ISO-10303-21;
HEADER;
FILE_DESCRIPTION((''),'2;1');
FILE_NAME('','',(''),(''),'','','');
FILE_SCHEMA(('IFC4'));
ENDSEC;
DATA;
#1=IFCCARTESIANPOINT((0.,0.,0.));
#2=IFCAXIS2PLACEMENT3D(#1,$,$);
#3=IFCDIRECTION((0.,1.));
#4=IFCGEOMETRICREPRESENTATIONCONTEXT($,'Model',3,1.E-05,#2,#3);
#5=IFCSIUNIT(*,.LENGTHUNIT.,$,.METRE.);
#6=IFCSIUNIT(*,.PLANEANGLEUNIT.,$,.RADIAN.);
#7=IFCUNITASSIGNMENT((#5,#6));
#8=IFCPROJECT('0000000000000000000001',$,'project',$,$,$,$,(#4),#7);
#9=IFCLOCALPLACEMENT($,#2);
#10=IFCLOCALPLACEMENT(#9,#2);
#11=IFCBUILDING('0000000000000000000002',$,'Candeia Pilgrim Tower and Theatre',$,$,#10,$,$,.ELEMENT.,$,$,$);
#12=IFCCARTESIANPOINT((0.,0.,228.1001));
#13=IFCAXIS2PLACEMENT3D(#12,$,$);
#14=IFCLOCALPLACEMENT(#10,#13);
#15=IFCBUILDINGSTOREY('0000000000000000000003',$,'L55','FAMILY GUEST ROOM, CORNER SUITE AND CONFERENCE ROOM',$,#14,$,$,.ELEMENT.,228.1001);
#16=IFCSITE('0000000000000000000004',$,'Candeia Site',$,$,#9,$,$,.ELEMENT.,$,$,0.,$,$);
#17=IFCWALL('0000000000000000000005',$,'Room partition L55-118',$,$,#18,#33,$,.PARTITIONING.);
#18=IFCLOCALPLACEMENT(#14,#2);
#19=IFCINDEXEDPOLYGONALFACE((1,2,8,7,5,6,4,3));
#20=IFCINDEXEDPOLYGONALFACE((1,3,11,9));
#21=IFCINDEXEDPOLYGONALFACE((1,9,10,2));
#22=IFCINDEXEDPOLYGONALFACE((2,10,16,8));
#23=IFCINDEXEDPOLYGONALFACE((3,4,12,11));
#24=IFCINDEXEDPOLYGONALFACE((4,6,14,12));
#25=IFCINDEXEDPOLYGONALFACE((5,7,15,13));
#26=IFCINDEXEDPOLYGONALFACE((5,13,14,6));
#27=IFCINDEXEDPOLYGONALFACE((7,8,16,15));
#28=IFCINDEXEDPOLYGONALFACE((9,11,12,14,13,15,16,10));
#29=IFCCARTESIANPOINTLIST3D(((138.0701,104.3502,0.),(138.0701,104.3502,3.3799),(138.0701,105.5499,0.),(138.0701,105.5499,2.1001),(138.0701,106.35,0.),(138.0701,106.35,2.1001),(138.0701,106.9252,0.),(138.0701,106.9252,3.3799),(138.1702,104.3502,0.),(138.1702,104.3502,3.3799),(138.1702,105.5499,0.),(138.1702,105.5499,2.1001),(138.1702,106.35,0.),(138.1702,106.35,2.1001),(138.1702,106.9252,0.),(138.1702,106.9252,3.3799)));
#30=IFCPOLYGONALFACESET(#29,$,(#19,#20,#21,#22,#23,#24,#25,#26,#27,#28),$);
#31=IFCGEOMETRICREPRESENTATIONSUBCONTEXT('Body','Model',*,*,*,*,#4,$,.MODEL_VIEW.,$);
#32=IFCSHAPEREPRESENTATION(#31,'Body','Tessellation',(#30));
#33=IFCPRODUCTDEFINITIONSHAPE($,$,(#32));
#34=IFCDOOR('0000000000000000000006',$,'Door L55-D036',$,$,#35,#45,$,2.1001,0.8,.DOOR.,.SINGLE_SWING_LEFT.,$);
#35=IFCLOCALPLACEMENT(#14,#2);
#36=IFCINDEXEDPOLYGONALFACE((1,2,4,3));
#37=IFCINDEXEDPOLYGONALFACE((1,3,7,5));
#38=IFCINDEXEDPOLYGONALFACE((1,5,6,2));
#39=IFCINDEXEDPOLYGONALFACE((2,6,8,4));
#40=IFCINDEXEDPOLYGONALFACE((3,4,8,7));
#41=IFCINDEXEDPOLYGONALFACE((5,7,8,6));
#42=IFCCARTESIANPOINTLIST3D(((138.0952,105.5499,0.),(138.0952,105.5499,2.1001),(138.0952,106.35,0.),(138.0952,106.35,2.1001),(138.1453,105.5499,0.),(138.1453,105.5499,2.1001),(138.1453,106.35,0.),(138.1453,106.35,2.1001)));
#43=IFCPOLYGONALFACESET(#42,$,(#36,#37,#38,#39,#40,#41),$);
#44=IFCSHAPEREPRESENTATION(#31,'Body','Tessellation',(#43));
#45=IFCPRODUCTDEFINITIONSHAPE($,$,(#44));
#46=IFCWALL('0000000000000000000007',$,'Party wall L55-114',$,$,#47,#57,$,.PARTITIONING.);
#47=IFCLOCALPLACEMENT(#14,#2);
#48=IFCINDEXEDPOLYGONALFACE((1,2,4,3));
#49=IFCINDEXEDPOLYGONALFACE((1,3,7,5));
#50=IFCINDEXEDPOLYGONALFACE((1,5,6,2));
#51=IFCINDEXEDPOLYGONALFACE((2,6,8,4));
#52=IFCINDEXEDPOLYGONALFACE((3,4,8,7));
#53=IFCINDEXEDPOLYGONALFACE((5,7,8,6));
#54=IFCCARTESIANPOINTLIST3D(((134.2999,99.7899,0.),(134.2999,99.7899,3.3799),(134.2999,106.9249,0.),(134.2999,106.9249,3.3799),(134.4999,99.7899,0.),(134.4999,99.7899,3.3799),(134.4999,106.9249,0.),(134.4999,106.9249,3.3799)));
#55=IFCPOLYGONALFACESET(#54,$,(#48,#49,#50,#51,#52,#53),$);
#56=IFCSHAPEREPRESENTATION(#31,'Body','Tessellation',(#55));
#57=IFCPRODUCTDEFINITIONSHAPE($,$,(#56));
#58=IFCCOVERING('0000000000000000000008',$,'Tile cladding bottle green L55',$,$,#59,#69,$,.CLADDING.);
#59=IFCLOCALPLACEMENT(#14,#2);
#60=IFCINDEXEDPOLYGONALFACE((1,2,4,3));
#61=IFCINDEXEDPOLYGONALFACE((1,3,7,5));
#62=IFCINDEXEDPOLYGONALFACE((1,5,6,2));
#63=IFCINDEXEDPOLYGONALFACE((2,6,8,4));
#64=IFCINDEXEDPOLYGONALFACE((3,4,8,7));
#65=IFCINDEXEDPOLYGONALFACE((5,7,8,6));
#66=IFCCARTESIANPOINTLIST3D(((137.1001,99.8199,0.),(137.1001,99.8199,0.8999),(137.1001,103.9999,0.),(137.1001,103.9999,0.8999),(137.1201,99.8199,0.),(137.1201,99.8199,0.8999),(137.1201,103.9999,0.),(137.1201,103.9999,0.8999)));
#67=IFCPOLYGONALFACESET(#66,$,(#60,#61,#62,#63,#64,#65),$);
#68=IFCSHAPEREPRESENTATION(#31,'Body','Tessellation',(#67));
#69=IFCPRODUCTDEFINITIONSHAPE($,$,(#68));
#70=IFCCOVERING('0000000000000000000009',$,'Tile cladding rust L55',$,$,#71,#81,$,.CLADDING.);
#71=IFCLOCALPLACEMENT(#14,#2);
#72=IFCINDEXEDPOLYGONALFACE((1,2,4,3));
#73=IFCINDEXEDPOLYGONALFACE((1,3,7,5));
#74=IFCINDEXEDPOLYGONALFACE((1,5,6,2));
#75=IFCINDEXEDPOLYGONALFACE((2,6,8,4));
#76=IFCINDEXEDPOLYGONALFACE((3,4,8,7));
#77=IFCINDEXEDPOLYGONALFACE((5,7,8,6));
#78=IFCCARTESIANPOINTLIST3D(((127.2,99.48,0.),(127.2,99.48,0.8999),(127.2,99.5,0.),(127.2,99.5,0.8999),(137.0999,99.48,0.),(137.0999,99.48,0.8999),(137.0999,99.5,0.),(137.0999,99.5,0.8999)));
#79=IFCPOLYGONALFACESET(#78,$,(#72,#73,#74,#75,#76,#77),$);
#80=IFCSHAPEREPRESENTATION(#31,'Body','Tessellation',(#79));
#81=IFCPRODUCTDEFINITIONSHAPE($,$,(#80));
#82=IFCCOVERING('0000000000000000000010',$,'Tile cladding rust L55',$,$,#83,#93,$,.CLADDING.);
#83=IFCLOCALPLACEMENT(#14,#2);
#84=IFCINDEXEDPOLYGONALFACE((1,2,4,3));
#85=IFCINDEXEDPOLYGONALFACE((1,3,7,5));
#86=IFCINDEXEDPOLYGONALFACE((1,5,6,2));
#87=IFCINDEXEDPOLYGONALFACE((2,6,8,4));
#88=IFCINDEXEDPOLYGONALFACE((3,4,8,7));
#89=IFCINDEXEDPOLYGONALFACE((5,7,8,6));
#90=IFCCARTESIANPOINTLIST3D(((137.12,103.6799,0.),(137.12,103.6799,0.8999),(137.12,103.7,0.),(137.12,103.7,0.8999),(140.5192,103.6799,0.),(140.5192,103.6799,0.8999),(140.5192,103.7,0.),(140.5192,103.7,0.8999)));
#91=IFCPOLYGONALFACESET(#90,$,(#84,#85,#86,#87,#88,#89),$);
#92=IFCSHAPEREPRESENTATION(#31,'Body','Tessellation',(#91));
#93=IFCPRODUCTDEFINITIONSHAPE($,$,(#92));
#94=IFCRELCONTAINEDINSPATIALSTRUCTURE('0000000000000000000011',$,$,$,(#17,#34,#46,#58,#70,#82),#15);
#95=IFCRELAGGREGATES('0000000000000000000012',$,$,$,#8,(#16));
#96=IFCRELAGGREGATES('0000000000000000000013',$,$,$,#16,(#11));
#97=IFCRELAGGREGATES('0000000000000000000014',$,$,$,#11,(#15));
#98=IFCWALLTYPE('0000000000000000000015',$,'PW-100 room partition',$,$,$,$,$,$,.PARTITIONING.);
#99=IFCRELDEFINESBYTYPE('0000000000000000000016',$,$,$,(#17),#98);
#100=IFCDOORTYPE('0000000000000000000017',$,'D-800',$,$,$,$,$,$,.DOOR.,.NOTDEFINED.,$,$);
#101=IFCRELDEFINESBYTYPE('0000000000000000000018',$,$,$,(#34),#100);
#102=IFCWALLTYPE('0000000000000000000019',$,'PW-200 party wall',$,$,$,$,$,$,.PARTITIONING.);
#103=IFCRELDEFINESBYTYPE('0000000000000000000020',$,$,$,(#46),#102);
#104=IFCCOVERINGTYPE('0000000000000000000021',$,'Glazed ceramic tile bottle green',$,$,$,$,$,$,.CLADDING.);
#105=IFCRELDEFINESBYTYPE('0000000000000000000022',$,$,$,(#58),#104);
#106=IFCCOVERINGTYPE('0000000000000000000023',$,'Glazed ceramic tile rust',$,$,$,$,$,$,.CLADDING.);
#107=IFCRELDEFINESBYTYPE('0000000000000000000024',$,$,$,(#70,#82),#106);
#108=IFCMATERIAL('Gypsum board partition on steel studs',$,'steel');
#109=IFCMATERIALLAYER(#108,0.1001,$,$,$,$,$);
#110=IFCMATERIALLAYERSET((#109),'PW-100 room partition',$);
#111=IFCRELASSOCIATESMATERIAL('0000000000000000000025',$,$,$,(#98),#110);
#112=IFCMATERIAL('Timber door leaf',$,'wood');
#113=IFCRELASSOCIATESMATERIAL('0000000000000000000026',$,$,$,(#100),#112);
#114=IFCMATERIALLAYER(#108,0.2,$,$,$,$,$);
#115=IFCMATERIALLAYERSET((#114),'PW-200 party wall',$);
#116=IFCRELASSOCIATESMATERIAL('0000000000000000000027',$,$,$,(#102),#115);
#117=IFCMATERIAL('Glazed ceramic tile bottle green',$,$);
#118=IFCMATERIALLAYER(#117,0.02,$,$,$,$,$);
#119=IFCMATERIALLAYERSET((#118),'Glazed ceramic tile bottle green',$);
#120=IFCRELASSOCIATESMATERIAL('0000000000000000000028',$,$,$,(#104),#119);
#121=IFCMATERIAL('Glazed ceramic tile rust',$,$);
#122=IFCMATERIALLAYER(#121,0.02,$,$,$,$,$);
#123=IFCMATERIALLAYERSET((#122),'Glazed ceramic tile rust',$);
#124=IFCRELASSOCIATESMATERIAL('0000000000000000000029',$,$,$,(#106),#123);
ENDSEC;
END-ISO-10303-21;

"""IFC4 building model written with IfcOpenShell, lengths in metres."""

from ifc_helpers import new_model, si_unit, direction, frame, frame_2d, origin, origin_2d, place, context, subcontext, project, spatial, rectangle, extrude, material, layer, layer_set, type_object, element, fill, save


model = new_model("IFC4")

# Units and contexts
model_context = context("Model", 3, precision=1e-05, world=origin(), true_north=direction((0.0, 1.0)))
body_context = subcontext(model_context, "Body", "Model", "MODEL_VIEW")
ifc_project = project(units=[si_unit("LENGTHUNIT", "METRE"), si_unit("PLANEANGLEUNIT", "RADIAN")], contexts=[model_context])

# Site, building, storey
site_placement = place(None, origin())
site = spatial("IfcSite", under=ifc_project, at=site_placement, Name="Candeia Site", CompositionType="ELEMENT", RefElevation=0.0)
building_placement = place(site_placement, origin())
building = spatial("IfcBuilding", under=site, at=building_placement, Name="Candeia Pilgrim Tower and Theatre", CompositionType="ELEMENT")
storey_placement = place(building_placement, frame((0.0, 0.0, 228.1001)))
storey = spatial("IfcBuildingStorey", under=building, at=storey_placement, Name="L55", Description="FAMILY GUEST ROOM, CORNER SUITE AND CONFERENCE ROOM", CompositionType="ELEMENT", Elevation=228.1001)

# Shared definitions
ifc_material_1 = material(Name="Gypsum board partition on steel studs", Category="steel")
ifc_layer_1 = layer(ifc_material_1, 0.1001)
ifc_layer_set_1 = layer_set([ifc_layer_1], Name="PW-100 room partition")
wall_type_1 = type_object("IfcWallType", Name="PW-100 room partition", PredefinedType="PARTITIONING", material=ifc_layer_set_1)

# Wall, opening, door
wall_1_placement = place(storey_placement, frame((138.1201, 104.3501, 0.0), z_axis=(0.0, 0.0, 1.0), x_axis=(0.0, 1.0, 0.0)))
wall_1 = element("IfcWall", 1, at=wall_1_placement, inside=storey, type_object=wall_type_1, Name="Room partition L55-118", PredefinedType="PARTITIONING", context=body_context, shape_type="SweptSolid", body=[
    extrude(rectangle(XDim=2.575, YDim=0.1001, at=frame_2d((1.2876, 0.0))), origin(), (0.0, 0.0, 1.0), 3.3799),
])
opening_1_placement = place(wall_1_placement, frame((1.2, 0.0, 0.0)))
opening_1 = element("IfcOpeningElement", 2, at=opening_1_placement, cuts=wall_1, PredefinedType="OPENING", context=body_context, shape_type="SweptSolid", body=[
    extrude(rectangle(XDim=0.8, YDim=2.1001, at=frame_2d((0.3999, 1.05))), frame((0.0, 0.0601, 0.0), z_axis=(0.0, -1.0, 0.0), x_axis=(1.0, 0.0, 0.0)), (0.0, 0.0, 1.0), 0.1201),
])
ifc_material_2 = material(Name="Timber door leaf", Category="wood")
door_type_1 = type_object("IfcDoorType", Name="D-800", OperationType="NOTDEFINED", PredefinedType="DOOR", material=ifc_material_2)
door_1_placement = place(opening_1_placement, origin())
door_1 = element("IfcDoor", 3, at=door_1_placement, inside=storey, type_object=door_type_1, Name="Door L55-D036", OperationType="SINGLE_SWING_LEFT", OverallHeight=2.1001, OverallWidth=0.8, PredefinedType="DOOR", context=body_context, shape_type="SweptSolid", body=[
    extrude(rectangle(XDim=0.8, YDim=2.1001, at=frame_2d((0.3999, 1.05))), frame((0.0, 0.0249, 0.0), z_axis=(0.0, -1.0, 0.0), x_axis=(1.0, 0.0, 0.0)), (0.0, 0.0, 1.0), 0.05),
])
fill(opening_1, door_1)

# Wall
ifc_layer_2 = layer(ifc_material_1, 0.2)
ifc_layer_set_2 = layer_set([ifc_layer_2], Name="PW-200 party wall")
wall_type_2 = type_object("IfcWallType", Name="PW-200 party wall", PredefinedType="PARTITIONING", material=ifc_layer_set_2)
wall_2_placement = place(storey_placement, frame((134.3999, 99.79, 0.0), z_axis=(0.0, 0.0, 1.0), x_axis=(0.0, 1.0, 0.0)))
element("IfcWall", 4, at=wall_2_placement, inside=storey, type_object=wall_type_2, Name="Party wall L55-114", PredefinedType="PARTITIONING", context=body_context, shape_type="SweptSolid", body=[
    extrude(rectangle(XDim=7.135, YDim=0.2, at=frame_2d((3.5674, 0.0))), origin(), (0.0, 0.0, 1.0), 3.3799),
])

# Coverings
ifc_material_3 = material(Name="Glazed ceramic tile bottle green")
ifc_layer_3 = layer(ifc_material_3, 0.02)
ifc_layer_set_3 = layer_set([ifc_layer_3], Name="Glazed ceramic tile bottle green")
covering_type_1 = type_object("IfcCoveringType", Name="Glazed ceramic tile bottle green", PredefinedType="CLADDING", material=ifc_layer_set_3)
covering_1_placement = place(storey_placement, frame((137.1101, 101.9099, 0.0), z_axis=(0.0, 0.0, 1.0), x_axis=(0.0, 1.0, 0.0)))
element("IfcCovering", 5, at=covering_1_placement, inside=storey, type_object=covering_type_1, Name="Tile cladding bottle green L55", PredefinedType="CLADDING", context=body_context, shape_type="SweptSolid", body=[
    extrude(rectangle(XDim=4.1799, YDim=0.02, at=origin_2d()), origin(), (0.0, 0.0, 1.0), 0.8999),
])
ifc_material_4 = material(Name="Glazed ceramic tile rust")
ifc_layer_4 = layer(ifc_material_4, 0.02)
ifc_layer_set_4 = layer_set([ifc_layer_4], Name="Glazed ceramic tile rust")
covering_type_2 = type_object("IfcCoveringType", Name="Glazed ceramic tile rust", PredefinedType="CLADDING", material=ifc_layer_set_4)
covering_2_placement = place(storey_placement, frame((132.1499, 99.49, 0.0), z_axis=(0.0, 0.0, 1.0), x_axis=(1.0, 0.0, 0.0)))
element("IfcCovering", 6, at=covering_2_placement, inside=storey, type_object=covering_type_2, Name="Tile cladding rust L55", PredefinedType="CLADDING", context=body_context, shape_type="SweptSolid", body=[
    extrude(rectangle(XDim=9.8999, YDim=0.02, at=origin_2d()), origin(), (0.0, 0.0, 1.0), 0.8999),
])
covering_3_placement = place(storey_placement, frame((138.8196, 103.6899, 0.0), z_axis=(0.0, 0.0, 1.0), x_axis=(1.0, 0.0, 0.0)))
element("IfcCovering", 7, at=covering_3_placement, inside=storey, type_object=covering_type_2, Name="Tile cladding rust L55", PredefinedType="CLADDING", context=body_context, shape_type="SweptSolid", body=[
    extrude(rectangle(XDim=3.3992, YDim=0.02, at=origin_2d()), origin(), (0.0, 0.0, 1.0), 0.8999),
])

save(model, "model.ifc")
